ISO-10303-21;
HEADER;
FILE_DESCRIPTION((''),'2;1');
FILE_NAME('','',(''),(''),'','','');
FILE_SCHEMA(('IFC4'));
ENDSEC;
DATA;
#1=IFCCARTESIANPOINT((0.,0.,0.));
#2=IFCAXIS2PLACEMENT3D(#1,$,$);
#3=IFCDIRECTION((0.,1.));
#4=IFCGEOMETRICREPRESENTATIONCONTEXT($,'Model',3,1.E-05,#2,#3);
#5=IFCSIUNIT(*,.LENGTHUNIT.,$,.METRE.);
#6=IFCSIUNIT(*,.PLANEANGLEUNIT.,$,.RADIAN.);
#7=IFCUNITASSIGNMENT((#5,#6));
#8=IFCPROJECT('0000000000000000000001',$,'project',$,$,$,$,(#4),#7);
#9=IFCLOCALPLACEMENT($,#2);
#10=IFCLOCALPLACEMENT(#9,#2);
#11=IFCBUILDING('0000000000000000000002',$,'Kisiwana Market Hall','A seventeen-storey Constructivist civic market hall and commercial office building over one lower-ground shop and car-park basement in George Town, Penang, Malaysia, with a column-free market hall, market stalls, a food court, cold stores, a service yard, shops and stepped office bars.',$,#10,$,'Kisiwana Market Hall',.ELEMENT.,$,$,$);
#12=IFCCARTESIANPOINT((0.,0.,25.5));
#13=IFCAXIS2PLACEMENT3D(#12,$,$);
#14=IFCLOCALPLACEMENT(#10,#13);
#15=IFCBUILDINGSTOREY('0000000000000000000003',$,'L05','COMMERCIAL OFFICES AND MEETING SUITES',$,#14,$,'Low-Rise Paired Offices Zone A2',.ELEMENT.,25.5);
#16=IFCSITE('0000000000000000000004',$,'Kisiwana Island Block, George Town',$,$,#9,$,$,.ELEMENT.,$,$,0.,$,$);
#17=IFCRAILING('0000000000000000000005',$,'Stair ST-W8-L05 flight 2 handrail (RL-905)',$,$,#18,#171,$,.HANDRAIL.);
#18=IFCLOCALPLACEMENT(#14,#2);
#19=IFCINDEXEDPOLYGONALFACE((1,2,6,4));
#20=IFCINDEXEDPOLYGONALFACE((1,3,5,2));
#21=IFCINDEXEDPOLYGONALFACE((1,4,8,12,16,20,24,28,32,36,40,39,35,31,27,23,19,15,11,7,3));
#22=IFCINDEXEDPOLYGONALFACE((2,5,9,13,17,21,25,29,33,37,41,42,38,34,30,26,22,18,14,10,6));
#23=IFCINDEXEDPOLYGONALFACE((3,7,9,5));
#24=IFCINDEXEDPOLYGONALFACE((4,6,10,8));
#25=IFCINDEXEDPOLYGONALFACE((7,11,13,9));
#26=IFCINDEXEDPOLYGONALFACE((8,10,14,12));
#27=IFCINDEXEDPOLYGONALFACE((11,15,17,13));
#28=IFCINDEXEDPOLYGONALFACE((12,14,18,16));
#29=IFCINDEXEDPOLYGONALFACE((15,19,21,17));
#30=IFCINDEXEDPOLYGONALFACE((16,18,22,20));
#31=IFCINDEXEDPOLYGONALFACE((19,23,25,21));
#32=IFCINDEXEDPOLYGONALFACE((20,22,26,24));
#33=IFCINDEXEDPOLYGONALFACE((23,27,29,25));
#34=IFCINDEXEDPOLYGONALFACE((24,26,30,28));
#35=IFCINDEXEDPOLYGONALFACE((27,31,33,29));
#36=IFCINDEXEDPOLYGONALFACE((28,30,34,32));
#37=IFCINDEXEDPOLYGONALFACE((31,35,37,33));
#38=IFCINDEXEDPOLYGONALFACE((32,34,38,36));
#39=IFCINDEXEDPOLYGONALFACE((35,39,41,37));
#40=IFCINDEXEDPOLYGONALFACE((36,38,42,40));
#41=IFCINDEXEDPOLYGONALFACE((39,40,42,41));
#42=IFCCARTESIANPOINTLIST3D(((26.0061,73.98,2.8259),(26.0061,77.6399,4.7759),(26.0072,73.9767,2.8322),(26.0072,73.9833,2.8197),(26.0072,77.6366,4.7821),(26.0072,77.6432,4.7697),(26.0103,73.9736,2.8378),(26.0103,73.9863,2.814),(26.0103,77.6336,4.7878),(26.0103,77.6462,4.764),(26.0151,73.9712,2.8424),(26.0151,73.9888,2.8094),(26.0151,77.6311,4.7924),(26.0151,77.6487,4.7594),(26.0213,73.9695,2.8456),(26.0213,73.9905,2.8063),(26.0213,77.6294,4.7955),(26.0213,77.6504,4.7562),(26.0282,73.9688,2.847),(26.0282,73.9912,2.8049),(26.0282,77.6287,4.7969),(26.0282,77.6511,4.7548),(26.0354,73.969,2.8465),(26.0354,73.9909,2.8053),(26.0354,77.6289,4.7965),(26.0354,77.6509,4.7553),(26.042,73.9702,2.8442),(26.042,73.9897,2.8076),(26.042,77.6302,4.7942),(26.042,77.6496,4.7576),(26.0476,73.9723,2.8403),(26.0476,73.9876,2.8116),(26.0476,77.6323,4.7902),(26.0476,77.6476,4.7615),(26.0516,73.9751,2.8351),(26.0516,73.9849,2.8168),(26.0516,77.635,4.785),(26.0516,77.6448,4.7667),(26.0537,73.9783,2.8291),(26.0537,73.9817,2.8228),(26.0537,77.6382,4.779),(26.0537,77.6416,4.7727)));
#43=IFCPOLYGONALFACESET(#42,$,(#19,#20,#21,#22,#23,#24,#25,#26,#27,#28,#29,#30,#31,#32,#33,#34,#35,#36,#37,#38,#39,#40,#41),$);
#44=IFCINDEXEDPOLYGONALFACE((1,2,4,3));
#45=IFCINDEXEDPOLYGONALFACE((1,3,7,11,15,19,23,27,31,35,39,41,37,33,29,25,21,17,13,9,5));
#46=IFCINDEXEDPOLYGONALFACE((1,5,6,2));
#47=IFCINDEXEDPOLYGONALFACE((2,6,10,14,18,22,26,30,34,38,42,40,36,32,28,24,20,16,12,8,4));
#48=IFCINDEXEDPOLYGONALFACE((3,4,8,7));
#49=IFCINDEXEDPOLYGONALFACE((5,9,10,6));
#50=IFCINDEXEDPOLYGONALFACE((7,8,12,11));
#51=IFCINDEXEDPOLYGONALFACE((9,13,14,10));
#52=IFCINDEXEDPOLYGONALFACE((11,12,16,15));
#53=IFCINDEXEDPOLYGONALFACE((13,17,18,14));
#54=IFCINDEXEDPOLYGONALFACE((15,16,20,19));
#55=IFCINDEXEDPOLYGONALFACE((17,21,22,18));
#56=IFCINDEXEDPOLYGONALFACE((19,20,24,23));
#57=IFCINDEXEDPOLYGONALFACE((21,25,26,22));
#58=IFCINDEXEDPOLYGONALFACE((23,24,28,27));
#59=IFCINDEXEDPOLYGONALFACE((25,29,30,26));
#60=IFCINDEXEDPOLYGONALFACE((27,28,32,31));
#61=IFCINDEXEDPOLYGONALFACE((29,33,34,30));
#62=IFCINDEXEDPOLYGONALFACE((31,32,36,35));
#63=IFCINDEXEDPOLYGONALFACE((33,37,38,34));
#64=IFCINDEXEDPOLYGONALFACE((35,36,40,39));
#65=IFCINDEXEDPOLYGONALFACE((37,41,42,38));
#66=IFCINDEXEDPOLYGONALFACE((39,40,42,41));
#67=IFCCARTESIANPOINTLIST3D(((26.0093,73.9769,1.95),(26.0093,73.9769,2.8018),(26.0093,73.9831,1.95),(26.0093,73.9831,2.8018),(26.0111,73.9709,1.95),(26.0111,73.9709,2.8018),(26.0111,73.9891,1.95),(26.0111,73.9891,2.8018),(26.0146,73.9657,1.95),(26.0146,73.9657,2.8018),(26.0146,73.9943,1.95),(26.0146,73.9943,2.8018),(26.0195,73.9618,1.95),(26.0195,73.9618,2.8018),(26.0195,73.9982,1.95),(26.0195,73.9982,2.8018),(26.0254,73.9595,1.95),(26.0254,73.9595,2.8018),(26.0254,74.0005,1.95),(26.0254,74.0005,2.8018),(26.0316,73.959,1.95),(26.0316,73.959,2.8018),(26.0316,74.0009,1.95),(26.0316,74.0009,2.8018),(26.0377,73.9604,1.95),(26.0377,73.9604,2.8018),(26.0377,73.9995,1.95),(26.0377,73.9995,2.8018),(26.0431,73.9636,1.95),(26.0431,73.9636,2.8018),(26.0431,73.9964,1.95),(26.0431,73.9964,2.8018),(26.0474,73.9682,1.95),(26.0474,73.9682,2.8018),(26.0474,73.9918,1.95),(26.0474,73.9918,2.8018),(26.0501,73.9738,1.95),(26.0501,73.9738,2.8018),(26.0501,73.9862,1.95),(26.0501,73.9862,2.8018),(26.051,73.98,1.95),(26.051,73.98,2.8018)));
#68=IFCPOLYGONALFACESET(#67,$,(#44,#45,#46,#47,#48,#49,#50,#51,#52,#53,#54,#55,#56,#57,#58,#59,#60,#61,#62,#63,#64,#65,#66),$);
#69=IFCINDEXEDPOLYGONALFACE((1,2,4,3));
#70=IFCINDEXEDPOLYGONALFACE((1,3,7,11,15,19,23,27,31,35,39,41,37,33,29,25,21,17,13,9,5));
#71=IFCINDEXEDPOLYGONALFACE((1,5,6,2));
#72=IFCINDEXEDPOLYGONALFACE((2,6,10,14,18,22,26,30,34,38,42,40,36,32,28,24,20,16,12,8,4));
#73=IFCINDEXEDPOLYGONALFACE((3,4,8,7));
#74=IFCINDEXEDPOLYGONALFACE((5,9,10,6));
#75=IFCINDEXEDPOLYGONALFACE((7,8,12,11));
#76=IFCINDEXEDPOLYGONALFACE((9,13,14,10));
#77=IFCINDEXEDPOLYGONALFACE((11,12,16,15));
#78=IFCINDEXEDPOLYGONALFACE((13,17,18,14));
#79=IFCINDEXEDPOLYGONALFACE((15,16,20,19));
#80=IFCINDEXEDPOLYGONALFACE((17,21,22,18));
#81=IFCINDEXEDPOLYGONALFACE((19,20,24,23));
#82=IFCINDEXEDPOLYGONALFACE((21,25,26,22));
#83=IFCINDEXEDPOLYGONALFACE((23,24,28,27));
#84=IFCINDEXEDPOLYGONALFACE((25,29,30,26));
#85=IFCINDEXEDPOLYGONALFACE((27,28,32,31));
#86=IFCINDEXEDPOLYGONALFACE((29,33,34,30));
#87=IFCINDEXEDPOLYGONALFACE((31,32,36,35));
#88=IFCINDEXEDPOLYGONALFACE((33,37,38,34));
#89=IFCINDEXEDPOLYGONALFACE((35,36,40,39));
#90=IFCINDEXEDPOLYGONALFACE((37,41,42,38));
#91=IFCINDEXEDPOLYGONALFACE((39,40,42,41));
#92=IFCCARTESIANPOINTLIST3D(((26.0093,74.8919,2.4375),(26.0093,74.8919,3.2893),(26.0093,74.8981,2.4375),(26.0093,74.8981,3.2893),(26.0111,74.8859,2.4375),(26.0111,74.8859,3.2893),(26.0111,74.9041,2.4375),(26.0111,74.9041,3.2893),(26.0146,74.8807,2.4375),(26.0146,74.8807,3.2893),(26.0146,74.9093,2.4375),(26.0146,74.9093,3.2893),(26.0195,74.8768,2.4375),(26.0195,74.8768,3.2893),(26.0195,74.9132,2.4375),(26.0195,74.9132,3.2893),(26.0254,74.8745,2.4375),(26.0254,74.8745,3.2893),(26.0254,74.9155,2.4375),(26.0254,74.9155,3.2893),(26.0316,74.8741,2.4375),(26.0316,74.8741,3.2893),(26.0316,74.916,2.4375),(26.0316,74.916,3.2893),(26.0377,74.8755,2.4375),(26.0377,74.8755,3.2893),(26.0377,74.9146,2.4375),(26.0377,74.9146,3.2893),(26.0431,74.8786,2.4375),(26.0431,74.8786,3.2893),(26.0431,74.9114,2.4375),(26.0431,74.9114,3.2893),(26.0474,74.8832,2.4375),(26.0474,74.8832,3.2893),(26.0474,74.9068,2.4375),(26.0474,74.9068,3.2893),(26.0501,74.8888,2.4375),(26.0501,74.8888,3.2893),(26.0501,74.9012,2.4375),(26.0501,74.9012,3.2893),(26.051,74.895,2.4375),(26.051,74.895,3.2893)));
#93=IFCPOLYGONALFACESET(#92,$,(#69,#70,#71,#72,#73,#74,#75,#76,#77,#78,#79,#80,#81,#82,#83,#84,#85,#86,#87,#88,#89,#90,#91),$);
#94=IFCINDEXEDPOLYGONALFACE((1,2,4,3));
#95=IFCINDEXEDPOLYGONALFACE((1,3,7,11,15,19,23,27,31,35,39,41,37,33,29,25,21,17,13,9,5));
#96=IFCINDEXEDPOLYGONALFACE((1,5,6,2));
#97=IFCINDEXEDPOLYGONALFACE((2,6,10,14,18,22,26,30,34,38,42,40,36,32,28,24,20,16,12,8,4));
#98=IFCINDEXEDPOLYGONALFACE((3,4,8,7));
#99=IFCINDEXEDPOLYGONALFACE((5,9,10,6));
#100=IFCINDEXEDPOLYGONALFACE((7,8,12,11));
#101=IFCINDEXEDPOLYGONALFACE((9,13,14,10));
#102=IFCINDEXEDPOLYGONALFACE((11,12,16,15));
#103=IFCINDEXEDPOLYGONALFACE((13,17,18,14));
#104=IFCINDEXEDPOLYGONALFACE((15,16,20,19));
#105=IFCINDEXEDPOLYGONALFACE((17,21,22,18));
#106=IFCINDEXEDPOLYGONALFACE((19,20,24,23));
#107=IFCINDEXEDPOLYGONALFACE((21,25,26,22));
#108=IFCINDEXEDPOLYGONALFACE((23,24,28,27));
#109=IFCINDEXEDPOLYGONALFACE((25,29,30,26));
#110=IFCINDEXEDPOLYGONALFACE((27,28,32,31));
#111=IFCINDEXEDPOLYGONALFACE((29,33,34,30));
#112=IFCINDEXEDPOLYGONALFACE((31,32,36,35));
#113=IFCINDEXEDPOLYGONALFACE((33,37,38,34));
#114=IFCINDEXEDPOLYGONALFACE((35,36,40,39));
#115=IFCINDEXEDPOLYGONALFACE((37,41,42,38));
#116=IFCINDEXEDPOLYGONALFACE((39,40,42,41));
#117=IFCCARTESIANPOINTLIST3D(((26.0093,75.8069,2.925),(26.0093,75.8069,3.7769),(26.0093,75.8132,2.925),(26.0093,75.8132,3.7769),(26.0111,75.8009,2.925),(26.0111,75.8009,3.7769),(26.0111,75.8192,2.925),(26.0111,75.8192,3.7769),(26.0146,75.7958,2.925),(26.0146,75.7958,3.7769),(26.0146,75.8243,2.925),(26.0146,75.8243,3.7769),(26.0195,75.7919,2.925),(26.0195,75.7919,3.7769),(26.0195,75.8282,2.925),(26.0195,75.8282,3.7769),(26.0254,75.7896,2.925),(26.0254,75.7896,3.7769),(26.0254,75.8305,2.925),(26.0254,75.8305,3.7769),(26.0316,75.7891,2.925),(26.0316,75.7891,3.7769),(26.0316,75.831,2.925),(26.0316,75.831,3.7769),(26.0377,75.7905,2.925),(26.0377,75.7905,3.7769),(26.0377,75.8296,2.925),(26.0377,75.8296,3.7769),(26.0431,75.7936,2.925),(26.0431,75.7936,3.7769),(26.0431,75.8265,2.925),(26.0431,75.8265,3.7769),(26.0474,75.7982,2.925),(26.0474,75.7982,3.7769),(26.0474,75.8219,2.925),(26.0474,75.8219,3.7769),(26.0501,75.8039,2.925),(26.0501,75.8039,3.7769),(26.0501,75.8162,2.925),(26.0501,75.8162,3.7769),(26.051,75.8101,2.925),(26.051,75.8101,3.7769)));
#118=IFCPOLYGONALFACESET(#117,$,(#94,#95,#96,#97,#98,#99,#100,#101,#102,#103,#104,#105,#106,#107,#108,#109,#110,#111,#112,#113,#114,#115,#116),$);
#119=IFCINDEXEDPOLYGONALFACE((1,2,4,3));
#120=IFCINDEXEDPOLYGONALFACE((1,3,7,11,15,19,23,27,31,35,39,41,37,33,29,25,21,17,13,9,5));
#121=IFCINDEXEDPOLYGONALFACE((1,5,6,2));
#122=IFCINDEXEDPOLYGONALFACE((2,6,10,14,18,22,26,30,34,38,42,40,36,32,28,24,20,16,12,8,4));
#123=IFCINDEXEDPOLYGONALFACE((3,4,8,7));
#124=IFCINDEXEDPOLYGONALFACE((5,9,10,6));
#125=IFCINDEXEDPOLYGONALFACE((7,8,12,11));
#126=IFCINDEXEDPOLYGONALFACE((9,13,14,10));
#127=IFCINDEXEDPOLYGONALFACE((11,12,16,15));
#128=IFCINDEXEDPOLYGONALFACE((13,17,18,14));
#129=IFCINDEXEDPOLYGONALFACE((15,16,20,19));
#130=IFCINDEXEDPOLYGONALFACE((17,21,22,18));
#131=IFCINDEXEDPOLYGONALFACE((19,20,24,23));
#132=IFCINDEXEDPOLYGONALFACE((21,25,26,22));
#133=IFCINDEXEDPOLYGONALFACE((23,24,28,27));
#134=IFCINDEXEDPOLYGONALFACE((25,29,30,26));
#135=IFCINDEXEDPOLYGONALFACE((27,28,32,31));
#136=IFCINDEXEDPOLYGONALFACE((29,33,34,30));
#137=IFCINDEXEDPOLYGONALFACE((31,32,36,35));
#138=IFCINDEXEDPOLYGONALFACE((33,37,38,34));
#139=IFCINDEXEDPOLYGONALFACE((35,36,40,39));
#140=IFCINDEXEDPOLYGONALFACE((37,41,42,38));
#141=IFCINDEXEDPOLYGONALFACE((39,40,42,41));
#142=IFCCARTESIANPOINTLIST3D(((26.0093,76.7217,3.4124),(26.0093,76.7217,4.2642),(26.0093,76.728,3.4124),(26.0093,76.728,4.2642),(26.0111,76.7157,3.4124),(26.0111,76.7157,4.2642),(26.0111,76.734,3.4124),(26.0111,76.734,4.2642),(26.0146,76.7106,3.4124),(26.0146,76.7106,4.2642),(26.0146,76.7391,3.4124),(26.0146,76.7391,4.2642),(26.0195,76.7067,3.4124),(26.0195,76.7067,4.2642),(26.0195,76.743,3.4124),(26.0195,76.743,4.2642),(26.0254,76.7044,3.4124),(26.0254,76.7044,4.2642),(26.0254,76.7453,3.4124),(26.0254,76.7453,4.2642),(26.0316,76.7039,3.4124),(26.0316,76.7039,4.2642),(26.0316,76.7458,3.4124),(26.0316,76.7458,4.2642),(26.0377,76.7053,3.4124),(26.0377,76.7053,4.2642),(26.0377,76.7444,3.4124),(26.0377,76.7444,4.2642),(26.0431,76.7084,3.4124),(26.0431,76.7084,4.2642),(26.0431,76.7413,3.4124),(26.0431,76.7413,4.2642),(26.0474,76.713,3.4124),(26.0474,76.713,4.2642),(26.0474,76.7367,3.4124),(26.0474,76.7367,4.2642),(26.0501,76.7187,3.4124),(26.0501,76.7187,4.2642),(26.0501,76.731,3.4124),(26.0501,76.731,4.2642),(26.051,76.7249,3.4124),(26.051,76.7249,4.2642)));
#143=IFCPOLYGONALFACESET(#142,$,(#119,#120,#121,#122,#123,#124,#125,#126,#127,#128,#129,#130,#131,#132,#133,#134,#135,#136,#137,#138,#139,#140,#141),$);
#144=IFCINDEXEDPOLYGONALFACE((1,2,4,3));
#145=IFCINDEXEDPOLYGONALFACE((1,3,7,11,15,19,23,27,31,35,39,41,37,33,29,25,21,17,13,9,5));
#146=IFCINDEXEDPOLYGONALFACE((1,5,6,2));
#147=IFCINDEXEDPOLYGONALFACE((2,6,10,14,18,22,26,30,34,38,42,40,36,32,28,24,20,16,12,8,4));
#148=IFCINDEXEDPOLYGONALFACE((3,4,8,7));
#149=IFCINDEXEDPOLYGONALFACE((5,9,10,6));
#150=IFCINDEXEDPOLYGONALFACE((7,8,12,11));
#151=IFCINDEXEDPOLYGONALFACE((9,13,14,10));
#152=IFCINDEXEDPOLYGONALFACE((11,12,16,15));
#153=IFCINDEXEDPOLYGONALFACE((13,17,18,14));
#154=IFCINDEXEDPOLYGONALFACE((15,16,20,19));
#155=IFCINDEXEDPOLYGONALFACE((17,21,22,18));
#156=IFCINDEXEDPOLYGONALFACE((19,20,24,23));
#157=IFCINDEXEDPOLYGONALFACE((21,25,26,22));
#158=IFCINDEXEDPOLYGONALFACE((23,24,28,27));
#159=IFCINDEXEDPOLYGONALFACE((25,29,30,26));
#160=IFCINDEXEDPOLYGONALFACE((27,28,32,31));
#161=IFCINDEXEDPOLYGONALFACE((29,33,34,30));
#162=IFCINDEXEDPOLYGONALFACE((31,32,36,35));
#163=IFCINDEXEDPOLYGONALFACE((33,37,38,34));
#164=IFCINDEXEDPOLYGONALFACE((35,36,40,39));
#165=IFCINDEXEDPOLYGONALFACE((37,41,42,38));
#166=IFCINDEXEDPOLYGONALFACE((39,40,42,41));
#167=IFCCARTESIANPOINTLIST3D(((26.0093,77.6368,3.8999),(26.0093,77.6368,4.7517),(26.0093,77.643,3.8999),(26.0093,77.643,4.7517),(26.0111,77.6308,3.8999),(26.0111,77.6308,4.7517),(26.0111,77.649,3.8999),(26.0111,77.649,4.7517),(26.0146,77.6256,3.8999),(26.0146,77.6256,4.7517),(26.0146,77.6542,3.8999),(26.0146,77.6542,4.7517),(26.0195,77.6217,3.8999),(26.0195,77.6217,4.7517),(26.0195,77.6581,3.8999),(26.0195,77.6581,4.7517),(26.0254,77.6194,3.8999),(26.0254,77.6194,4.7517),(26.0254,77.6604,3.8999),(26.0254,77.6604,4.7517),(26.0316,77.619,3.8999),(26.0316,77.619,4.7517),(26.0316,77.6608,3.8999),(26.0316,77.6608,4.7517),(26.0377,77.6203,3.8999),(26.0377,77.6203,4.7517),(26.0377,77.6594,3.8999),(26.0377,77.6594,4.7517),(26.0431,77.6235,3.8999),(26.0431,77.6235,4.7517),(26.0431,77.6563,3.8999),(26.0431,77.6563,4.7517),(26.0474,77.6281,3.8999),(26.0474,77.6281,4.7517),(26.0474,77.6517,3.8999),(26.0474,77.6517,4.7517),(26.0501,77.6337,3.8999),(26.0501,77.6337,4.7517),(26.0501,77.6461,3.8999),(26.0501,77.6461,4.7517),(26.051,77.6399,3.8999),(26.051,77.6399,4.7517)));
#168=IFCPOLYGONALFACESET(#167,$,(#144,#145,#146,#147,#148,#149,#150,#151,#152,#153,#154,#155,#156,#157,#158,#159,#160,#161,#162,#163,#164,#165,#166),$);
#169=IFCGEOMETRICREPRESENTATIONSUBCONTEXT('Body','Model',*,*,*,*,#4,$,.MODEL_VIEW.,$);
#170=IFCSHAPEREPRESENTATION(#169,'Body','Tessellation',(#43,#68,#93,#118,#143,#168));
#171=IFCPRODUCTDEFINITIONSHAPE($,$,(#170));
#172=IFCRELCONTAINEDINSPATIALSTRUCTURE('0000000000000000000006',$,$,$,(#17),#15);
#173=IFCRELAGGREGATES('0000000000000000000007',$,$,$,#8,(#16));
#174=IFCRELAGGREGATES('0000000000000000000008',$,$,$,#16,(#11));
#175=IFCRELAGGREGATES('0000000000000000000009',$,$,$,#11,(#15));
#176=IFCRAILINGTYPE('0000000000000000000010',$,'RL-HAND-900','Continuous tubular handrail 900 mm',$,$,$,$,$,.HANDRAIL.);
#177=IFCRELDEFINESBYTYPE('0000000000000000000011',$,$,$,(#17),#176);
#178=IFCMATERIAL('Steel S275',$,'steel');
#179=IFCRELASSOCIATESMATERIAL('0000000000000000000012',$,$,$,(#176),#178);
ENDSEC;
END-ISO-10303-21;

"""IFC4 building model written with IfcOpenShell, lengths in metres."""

from ifc_helpers import new_model, si_unit, direction, frame, origin, origin_2d, place, context, subcontext, project, spatial, circle, extrude, material, type_object, element, save


model = new_model("IFC4")

# Units and contexts
model_context = context("Model", 3, precision=1e-05, world=origin(), true_north=direction((0.0, 1.0)))
body_context = subcontext(model_context, "Body", "Model", "MODEL_VIEW")
ifc_project = project(units=[si_unit("LENGTHUNIT", "METRE"), si_unit("PLANEANGLEUNIT", "RADIAN")], contexts=[model_context])

# Site, building, storey
site_placement = place(None, origin())
site = spatial("IfcSite", under=ifc_project, at=site_placement, Name="Kisiwana Island Block, George Town", CompositionType="ELEMENT", RefElevation=0.0)
building_placement = place(site_placement, origin())
building = spatial("IfcBuilding", under=site, at=building_placement, Name="Kisiwana Market Hall", Description="A seventeen-storey Constructivist civic market hall and commercial office building over one lower-ground shop and car-park basement in George Town, Penang, Malaysia, with a column-free market hall, market stalls, a food court, cold stores, a service yard, shops and stepped office bars.", LongName="Kisiwana Market Hall", CompositionType="ELEMENT")
storey_placement = place(building_placement, frame((0.0, 0.0, 25.5)))
storey = spatial("IfcBuildingStorey", under=building, at=storey_placement, Name="L05", Description="COMMERCIAL OFFICES AND MEETING SUITES", LongName="Low-Rise Paired Offices Zone A2", CompositionType="ELEMENT", Elevation=25.5)

# Railing
ifc_material_1 = material(Name="Steel S275", Category="steel")
railing_type_1 = type_object("IfcRailingType", Name="RL-HAND-900", Description="Continuous tubular handrail 900 mm", PredefinedType="HANDRAIL", material=ifc_material_1)
for number, where, name in (
    (1, (26.03, 73.98, 1.95), "Stair ST-W8-L05 flight 2 handrail (RL-905)"),
):
    element("IfcRailing", number, at=place(storey_placement, frame(where)), inside=storey, type_object=railing_type_1, Name=name, PredefinedType="HANDRAIL", context=body_context, shape_type="SweptSolid", body=[
        extrude(circle(Radius=0.0239, at=origin_2d()), frame((0.0, 0.0, 0.876), z_axis=(0.0, 0.882553, 0.470212), x_axis=(-1.0, 0.0, 0.0)), (0.0, 0.0, 1.0), 4.147),
        extrude(circle(Radius=0.021, at=origin_2d()), origin(), (0.0, 0.0, 1.0), 0.8518),
        extrude(circle(Radius=0.021, at=origin_2d()), frame((0.0, 0.915, 0.4875)), (0.0, 0.0, 1.0), 0.8518),
        extrude(circle(Radius=0.021, at=origin_2d()), frame((0.0, 1.8301, 0.9751)), (0.0, 0.0, 1.0), 0.8518),
        extrude(circle(Radius=0.021, at=origin_2d()), frame((0.0, 2.7449, 1.4624)), (0.0, 0.0, 1.0), 0.8518),
        extrude(circle(Radius=0.021, at=origin_2d()), frame((0.0, 3.6599, 1.95)), (0.0, 0.0, 1.0), 0.8518),
    ])

save(model, "model.ifc")
